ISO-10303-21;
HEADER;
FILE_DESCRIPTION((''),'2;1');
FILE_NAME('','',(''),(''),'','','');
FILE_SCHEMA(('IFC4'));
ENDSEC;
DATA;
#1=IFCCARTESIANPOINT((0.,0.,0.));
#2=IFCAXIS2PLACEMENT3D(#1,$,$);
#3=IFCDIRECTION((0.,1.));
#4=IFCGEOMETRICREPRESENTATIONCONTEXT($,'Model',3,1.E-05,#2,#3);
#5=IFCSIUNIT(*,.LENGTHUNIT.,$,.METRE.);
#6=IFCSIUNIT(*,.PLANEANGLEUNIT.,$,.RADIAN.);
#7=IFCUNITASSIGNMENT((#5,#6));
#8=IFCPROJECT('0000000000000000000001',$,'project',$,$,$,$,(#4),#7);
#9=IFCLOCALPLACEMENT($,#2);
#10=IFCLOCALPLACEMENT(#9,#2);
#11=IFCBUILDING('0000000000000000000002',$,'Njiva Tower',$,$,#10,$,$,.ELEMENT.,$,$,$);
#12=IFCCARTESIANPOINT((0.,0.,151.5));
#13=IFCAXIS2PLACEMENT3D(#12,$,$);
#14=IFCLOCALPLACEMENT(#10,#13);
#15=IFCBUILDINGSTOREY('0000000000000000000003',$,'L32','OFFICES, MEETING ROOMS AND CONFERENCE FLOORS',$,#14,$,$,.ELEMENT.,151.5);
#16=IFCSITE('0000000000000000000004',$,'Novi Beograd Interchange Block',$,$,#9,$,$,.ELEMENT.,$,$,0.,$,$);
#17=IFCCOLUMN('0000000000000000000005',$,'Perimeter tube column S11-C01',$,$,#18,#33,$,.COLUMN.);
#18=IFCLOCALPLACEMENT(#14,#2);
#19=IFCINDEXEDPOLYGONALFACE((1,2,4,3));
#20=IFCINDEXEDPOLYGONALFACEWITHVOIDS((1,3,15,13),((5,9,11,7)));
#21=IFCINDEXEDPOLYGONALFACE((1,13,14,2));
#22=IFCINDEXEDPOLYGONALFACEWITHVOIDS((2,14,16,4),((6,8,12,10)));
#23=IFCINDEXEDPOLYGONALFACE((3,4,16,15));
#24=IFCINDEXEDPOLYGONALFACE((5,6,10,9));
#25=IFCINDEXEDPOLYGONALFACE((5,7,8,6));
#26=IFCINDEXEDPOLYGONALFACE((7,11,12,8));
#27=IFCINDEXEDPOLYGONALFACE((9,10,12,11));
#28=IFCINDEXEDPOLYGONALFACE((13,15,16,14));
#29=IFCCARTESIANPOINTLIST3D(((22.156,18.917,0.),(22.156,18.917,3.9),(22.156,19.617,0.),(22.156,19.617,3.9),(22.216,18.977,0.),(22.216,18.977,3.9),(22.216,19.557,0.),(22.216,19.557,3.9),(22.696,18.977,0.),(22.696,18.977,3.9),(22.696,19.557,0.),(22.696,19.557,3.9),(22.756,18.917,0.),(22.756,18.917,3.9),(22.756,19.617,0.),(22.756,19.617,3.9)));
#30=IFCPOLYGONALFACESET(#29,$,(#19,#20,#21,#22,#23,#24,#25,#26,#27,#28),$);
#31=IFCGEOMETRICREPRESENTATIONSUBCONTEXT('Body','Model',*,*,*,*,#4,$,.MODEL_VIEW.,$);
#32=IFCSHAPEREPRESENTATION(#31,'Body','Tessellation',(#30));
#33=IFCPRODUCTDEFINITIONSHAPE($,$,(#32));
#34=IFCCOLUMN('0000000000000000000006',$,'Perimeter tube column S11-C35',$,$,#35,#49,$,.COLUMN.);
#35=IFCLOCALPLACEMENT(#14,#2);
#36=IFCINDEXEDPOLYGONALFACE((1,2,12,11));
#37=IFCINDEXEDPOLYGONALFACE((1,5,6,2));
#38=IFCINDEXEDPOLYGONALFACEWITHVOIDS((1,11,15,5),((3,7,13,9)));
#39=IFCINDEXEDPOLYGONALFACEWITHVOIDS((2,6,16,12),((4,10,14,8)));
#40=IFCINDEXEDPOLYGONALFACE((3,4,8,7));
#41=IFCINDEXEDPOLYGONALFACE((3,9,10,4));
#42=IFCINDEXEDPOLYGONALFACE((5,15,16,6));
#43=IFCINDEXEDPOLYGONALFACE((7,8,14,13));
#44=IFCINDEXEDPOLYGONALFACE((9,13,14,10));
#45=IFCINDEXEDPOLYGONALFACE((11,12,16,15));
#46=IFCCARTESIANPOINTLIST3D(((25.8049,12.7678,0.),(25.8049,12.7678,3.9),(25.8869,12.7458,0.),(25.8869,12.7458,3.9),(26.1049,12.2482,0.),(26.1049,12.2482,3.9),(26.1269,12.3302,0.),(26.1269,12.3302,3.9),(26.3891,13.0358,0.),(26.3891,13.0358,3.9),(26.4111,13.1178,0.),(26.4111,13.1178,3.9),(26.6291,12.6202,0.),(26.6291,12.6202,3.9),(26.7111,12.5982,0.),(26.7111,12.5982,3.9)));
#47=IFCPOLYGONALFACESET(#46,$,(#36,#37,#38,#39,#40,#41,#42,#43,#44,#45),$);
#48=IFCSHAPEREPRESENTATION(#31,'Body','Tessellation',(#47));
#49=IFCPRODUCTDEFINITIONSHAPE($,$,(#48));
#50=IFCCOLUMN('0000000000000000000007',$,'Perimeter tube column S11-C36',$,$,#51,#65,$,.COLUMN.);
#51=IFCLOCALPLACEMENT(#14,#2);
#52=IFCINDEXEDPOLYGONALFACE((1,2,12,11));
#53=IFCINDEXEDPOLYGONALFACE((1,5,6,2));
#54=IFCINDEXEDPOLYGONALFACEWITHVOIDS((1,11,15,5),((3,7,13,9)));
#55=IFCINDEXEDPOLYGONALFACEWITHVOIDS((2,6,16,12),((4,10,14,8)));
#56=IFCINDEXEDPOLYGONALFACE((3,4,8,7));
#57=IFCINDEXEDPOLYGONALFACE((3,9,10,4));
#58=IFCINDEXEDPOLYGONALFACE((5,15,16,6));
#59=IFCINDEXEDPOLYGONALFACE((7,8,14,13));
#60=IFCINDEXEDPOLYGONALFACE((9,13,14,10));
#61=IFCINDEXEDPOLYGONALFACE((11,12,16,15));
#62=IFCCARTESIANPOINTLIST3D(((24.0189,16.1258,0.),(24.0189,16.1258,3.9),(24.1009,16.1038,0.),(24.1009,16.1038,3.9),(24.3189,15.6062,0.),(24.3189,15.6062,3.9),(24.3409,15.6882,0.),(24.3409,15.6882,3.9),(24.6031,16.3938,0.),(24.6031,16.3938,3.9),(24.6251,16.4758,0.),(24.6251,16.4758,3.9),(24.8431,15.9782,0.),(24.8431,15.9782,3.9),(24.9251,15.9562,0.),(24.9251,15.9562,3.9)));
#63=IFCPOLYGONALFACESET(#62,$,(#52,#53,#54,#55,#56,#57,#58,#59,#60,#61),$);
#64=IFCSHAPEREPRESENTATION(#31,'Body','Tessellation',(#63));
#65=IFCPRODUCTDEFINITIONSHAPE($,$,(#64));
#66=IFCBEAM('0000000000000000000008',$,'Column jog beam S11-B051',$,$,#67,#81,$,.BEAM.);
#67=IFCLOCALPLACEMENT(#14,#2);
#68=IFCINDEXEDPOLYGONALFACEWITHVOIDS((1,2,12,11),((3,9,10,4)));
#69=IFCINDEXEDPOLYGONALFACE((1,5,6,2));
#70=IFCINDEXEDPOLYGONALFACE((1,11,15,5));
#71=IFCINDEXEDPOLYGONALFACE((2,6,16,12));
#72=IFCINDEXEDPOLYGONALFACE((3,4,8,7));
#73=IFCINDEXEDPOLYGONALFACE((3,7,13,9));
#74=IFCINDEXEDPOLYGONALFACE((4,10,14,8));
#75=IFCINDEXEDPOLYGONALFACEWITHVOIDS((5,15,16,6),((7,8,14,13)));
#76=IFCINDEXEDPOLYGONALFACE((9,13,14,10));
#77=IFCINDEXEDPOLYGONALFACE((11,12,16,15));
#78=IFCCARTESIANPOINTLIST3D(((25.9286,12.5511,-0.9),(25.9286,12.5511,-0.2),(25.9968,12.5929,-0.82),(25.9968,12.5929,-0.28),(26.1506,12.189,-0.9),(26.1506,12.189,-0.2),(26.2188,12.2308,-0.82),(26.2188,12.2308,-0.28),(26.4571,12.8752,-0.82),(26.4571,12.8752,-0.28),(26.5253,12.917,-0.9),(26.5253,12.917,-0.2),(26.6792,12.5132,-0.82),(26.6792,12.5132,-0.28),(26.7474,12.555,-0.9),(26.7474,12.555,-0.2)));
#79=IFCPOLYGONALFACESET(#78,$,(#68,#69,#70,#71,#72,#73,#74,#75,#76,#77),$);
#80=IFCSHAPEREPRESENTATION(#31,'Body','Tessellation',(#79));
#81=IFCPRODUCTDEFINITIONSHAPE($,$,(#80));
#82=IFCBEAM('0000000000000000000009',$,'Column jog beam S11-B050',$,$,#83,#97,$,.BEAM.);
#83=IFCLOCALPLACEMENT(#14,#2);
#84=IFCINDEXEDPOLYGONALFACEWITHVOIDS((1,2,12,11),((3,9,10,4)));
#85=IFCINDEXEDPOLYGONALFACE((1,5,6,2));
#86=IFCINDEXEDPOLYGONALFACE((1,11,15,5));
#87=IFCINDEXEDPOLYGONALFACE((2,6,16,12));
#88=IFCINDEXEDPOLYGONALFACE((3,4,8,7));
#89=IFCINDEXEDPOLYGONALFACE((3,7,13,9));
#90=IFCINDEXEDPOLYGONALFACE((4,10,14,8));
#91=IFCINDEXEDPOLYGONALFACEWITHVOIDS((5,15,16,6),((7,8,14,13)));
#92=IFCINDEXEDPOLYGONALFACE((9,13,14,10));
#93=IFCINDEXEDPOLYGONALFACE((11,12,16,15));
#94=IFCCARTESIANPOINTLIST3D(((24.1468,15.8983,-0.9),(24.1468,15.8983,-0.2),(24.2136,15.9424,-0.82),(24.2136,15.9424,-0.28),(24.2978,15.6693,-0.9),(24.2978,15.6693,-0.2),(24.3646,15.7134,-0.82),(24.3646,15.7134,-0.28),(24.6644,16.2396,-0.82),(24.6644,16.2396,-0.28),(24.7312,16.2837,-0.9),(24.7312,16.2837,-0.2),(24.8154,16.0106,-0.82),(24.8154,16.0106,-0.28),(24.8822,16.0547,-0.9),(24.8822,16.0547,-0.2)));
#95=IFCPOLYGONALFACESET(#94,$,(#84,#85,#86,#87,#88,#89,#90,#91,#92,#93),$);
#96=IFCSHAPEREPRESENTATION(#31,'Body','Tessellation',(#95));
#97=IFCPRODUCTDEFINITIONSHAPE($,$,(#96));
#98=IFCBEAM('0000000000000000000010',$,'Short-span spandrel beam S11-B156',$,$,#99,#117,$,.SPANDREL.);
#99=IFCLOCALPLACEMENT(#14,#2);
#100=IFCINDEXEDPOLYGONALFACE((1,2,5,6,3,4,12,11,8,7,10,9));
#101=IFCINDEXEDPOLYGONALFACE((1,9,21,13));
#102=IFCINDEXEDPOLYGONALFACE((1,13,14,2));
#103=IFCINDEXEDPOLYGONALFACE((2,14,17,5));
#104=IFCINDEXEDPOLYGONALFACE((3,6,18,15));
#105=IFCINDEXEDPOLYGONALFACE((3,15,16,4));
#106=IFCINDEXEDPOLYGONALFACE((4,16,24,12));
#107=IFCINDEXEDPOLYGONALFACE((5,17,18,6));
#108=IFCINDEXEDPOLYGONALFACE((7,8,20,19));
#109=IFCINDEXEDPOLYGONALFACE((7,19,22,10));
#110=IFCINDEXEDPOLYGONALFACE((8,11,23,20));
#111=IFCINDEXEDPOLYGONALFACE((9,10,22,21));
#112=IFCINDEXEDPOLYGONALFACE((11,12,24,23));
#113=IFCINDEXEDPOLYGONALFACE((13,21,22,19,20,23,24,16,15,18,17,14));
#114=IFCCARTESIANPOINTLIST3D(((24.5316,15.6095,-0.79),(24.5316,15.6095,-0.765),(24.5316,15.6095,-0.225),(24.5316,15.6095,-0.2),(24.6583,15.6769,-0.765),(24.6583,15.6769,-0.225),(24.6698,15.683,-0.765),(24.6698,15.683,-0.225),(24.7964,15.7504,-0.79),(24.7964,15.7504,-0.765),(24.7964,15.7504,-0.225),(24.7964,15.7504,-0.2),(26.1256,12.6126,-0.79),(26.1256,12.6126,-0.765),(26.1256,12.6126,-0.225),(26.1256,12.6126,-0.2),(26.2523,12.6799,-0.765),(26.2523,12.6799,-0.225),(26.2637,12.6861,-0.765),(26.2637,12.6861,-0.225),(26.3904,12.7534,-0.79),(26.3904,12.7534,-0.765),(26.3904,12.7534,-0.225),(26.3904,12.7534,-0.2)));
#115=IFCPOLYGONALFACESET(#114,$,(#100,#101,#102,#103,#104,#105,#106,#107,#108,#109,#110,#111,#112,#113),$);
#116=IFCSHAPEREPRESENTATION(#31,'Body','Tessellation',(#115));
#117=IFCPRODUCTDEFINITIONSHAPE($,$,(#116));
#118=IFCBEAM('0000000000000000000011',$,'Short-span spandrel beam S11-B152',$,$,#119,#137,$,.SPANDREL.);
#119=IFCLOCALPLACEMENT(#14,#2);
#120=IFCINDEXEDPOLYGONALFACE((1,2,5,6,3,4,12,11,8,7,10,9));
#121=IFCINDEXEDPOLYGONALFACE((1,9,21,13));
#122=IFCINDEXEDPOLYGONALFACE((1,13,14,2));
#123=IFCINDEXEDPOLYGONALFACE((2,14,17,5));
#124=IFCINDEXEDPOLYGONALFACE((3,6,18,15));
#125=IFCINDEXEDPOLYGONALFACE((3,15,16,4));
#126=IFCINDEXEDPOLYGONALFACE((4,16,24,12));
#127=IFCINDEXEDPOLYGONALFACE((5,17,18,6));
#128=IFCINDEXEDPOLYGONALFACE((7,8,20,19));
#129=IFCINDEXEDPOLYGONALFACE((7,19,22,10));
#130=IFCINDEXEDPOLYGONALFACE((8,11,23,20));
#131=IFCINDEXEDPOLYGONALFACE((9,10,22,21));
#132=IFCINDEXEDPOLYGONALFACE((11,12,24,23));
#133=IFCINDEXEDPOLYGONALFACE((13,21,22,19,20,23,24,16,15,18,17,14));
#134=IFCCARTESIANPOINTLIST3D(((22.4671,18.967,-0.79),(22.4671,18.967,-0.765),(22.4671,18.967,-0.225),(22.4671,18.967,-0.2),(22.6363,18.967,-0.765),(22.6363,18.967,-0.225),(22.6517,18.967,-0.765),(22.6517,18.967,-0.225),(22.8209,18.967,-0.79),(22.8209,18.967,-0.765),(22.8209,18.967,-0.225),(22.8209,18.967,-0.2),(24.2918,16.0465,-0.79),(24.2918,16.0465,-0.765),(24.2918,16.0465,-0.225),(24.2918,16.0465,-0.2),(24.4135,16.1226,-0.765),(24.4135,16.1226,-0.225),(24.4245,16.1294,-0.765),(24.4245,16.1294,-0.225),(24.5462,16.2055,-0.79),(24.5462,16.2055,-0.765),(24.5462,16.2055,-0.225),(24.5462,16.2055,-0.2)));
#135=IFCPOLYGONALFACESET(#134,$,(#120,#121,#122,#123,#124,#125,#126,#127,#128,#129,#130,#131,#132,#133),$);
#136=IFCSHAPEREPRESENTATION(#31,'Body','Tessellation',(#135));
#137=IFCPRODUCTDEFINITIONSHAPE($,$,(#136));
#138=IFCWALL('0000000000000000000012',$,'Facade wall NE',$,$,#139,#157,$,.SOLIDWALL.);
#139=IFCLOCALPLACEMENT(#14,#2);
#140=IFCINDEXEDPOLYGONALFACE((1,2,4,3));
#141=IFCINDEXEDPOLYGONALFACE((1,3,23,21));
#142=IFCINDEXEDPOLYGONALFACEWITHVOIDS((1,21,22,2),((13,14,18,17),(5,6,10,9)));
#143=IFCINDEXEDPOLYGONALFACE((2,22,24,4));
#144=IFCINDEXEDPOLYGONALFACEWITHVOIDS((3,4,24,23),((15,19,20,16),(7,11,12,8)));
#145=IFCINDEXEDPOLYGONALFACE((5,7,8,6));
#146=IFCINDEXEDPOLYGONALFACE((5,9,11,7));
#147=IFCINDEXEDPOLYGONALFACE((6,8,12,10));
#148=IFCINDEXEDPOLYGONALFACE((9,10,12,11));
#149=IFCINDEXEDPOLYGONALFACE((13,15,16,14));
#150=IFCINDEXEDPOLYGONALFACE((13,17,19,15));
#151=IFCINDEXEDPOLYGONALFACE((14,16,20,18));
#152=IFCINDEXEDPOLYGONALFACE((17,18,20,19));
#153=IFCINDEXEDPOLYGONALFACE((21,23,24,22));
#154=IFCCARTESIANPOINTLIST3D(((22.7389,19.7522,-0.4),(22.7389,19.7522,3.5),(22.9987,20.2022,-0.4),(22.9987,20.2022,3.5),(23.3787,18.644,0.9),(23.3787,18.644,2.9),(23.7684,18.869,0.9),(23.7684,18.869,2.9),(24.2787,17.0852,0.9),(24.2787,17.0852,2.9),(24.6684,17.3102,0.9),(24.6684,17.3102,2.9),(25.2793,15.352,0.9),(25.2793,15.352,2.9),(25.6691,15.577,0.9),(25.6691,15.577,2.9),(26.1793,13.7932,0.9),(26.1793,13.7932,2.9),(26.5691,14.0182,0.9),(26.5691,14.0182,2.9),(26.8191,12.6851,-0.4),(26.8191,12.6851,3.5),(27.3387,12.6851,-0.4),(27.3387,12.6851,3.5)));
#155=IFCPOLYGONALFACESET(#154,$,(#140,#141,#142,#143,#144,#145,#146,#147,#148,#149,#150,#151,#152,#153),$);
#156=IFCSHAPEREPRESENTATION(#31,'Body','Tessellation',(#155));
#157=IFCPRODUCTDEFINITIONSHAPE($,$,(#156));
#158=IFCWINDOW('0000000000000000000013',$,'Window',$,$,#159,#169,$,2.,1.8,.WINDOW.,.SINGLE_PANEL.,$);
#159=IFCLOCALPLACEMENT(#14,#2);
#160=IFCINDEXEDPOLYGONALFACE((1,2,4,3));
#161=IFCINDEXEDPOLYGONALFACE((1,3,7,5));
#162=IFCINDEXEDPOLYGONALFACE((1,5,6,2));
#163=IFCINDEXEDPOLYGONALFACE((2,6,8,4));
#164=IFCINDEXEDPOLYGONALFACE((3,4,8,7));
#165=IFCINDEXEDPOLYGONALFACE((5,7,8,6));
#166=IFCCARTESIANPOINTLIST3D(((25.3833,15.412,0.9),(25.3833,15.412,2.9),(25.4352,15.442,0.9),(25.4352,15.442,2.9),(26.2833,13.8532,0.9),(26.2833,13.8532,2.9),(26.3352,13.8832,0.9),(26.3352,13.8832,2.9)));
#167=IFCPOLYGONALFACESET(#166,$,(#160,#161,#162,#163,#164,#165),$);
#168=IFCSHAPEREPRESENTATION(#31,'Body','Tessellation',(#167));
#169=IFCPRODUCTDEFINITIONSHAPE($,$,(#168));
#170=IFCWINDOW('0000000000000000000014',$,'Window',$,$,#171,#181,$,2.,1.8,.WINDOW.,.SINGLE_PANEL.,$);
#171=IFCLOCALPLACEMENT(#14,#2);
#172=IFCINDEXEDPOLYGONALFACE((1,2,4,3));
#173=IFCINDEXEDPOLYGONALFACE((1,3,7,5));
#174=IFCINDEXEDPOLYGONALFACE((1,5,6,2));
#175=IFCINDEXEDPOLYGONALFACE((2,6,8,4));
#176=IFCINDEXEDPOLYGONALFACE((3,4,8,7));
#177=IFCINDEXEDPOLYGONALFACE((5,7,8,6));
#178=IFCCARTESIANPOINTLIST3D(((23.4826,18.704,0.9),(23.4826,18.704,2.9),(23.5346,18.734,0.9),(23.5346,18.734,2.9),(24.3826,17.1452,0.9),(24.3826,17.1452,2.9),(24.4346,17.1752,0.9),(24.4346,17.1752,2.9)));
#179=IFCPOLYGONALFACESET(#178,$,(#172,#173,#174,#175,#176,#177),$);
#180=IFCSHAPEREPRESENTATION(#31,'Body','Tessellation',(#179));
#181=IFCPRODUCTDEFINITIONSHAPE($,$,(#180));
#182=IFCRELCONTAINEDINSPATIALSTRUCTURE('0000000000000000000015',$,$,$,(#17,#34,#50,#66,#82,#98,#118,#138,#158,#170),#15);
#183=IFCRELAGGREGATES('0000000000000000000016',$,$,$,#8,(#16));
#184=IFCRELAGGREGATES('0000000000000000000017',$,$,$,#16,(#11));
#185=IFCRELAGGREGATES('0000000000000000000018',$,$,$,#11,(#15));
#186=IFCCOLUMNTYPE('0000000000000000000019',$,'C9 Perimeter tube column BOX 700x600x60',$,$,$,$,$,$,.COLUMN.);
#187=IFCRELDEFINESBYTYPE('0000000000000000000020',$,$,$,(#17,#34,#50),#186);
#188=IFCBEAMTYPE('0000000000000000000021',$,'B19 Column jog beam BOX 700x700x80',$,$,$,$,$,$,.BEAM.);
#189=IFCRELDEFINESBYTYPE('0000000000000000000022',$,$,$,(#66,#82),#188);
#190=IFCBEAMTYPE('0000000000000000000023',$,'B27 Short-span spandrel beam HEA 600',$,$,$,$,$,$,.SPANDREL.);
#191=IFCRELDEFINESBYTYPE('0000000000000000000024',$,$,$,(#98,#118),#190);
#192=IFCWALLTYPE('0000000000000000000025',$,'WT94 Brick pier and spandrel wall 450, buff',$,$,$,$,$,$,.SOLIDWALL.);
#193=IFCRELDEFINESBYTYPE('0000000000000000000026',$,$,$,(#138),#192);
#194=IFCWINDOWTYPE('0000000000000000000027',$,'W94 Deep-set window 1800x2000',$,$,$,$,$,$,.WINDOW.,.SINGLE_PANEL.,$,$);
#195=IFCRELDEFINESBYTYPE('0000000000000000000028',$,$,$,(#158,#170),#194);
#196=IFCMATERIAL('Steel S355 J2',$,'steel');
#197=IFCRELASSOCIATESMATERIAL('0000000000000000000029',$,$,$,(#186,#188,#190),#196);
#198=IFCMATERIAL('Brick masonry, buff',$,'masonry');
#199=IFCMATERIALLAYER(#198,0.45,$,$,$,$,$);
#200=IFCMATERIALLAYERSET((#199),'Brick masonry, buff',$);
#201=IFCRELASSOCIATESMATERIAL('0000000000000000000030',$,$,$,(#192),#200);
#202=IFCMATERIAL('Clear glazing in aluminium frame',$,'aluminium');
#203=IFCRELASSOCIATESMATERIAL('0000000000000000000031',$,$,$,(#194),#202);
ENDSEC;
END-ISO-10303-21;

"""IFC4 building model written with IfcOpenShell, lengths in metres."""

from ifc_helpers import new_model, si_unit, direction, frame, frame_2d, origin, origin_2d, place, context, subcontext, project, spatial, polyline, rectangle, hollow_rectangle, i_section, outline, extrude, clip, halfspace, material, layer, layer_set, material_profile, profile_set, type_object, element, fill, save


model = new_model("IFC4")

# Units and contexts
model_context = context("Model", 3, precision=1e-05, world=origin(), true_north=direction((0.0, 1.0)))
body_context = subcontext(model_context, "Body", "Model", "MODEL_VIEW")
ifc_project = project(units=[si_unit("LENGTHUNIT", "METRE"), si_unit("PLANEANGLEUNIT", "RADIAN")], contexts=[model_context])

# Site, building, storey
site_placement = place(None, origin())
site = spatial("IfcSite", under=ifc_project, at=site_placement, Name="Novi Beograd Interchange Block", CompositionType="ELEMENT", RefElevation=0.0)
building_placement = place(site_placement, origin())
building = spatial("IfcBuilding", under=site, at=building_placement, Name="Njiva Tower", CompositionType="ELEMENT")
storey_placement = place(building_placement, frame((0.0, 0.0, 151.5)))
storey = spatial("IfcBuildingStorey", under=building, at=storey_placement, Name="L32", Description="OFFICES, MEETING ROOMS AND CONFERENCE FLOORS", CompositionType="ELEMENT", Elevation=151.5)

# Columns
ifc_material_1 = material(Name="Steel S355 J2", Category="steel")
ifc_material_profile_1 = material_profile(ifc_material_1, hollow_rectangle(XDim=0.6, YDim=0.7, WallThickness=0.06, at=origin_2d()), Name="BOX 700x600x60")
ifc_profile_set_1 = profile_set([ifc_material_profile_1], Name="Steel S355 J2")
column_type = type_object("IfcColumnType", Name="C9 Perimeter tube column BOX 700x600x60", PredefinedType="COLUMN", material=ifc_profile_set_1)
for number, where, z_axis, x_axis, name in (
    (1, (22.456, 19.267, 0.0), (0.0, 0.0, 1.0), (-1.0, 0.0, 0.0), "Perimeter tube column S11-C01"),
    (2, (26.258, 12.683, 0.0), (0.0, 0.0, 1.0), (-0.5, 0.866025, 0.0), "Perimeter tube column S11-C35"),
    (3, (24.472, 16.041, 0.0), (0.0, 0.0, 1.0), (-0.5, 0.866025, 0.0), "Perimeter tube column S11-C36"),
):
    element("IfcColumn", number, at=place(storey_placement, frame(where, z_axis=z_axis, x_axis=x_axis)), inside=storey, type_object=column_type, Name=name, PredefinedType="COLUMN", context=body_context, shape_type="SweptSolid", body=[
        extrude(hollow_rectangle(XDim=0.6, YDim=0.7, WallThickness=0.06, at=origin_2d()), origin(), (0.0, 0.0, 1.0), 3.9),
    ])

# Beams
ifc_material_profile_2 = material_profile(ifc_material_1, hollow_rectangle(XDim=0.7, YDim=0.7, WallThickness=0.08, at=origin_2d()), Name="BOX 700x700x80")
ifc_profile_set_2 = profile_set([ifc_material_profile_2], Name="Steel S355 J2")
beam_type_1 = type_object("IfcBeamType", Name="B19 Column jog beam BOX 700x700x80", PredefinedType="BEAM", material=ifc_profile_set_2)
beam_1_placement = place(storey_placement, frame((26.449, 12.372, -0.55), z_axis=(-0.522783, 0.852466, 0.0), x_axis=(-0.852466, -0.522783, 0.0)))
element("IfcBeam", 4, at=beam_1_placement, inside=storey, type_object=beam_type_1, Name="Column jog beam S11-B051", PredefinedType="BEAM", context=body_context, shape_type="SweptSolid", body=[
    extrude(hollow_rectangle(XDim=0.7, YDim=0.7, WallThickness=0.08, at=origin_2d()), origin(), (0.0, 0.0, 1.0), 0.4247),
])
beam_2_placement = place(storey_placement, frame((24.59, 15.862, -0.55), z_axis=(-0.550487, 0.834844, 0.0), x_axis=(-0.834844, -0.550487, 0.0)))
element("IfcBeam", 5, at=beam_2_placement, inside=storey, type_object=beam_type_1, Name="Column jog beam S11-B050", PredefinedType="BEAM", context=body_context, shape_type="SweptSolid", body=[
    extrude(hollow_rectangle(XDim=0.7, YDim=0.7, WallThickness=0.08, at=origin_2d()), origin(), (0.0, 0.0, 1.0), 0.2743),
])
ifc_material_profile_3 = material_profile(ifc_material_1, i_section(OverallWidth=0.3, OverallDepth=0.59, WebThickness=0.013, FlangeThickness=0.025, at=origin_2d()), Name="HEA 600")
ifc_profile_set_3 = profile_set([ifc_material_profile_3], Name="Steel S355 J2")
beam_type_2 = type_object("IfcBeamType", Name="B27 Short-span spandrel beam HEA 600", PredefinedType="SPANDREL", material=ifc_profile_set_3)
beam_3_placement = place(storey_placement, frame((26.258, 12.683, -0.495), z_axis=(-0.469579, 0.882891, 0.0), x_axis=(-0.882891, -0.469579, 0.0)))
element("IfcBeam", 6, at=beam_3_placement, inside=storey, type_object=beam_type_2, Name="Short-span spandrel beam S11-B156", PredefinedType="SPANDREL", context=body_context, shape_type="SweptSolid", body=[
    extrude(i_section(OverallWidth=0.3, OverallDepth=0.59, WebThickness=0.013, FlangeThickness=0.025, at=origin_2d()), origin(), (0.0, 0.0, 1.0), 3.3945),
])
beam_4_placement = place(storey_placement, frame((24.419, 16.126, -0.495), z_axis=(-0.529865, 0.848082, 0.0), x_axis=(-0.848082, -0.529865, 0.0)))
element("IfcBeam", 7, at=beam_4_placement, inside=storey, type_object=beam_type_2, Name="Short-span spandrel beam S11-B152", PredefinedType="SPANDREL", context=body_context, shape_type="Clipping", body=[
    clip(extrude(i_section(OverallWidth=0.3, OverallDepth=0.59, WebThickness=0.013, FlangeThickness=0.025, at=origin_2d()), origin(), (0.0, 0.0, 1.0), 3.4639), halfspace(frame((-0.0263, 0.0, 3.3335), z_axis=(-0.529865, 0.0, 0.848082), x_axis=(0.0, 1.0, 0.0)), False)),
])

# Wall, openings, windows
ifc_material_2 = material(Name="Clear glazing in aluminium frame", Category="aluminium")
ifc_material_3 = material(Name="Brick masonry, buff", Category="masonry")
ifc_layer_1 = layer(ifc_material_3, 0.45)
ifc_layer_set_1 = layer_set([ifc_layer_1], Name="Brick masonry, buff")
wall_type_1 = type_object("IfcWallType", Name="WT94 Brick pier and spandrel wall 450, buff", PredefinedType="SOLIDWALL", material=ifc_layer_set_1)
wall_1_placement = place(storey_placement, frame((27.0789, 12.6851, -0.4), z_axis=(0.0, 0.0, 1.0), x_axis=(-0.5, 0.866025, 0.0)))
wall_1 = element("IfcWall", 8, at=wall_1_placement, inside=storey, type_object=wall_type_1, Name="Facade wall NE", PredefinedType="SOLIDWALL", context=body_context, shape_type="SweptSolid", body=[
    extrude(outline(polyline([(-0.1299, -0.225), (8.5501, -0.225), (8.2903, 0.225), (0.1299, 0.225), (-0.1299, -0.225)])), origin(), (0.0, 0.0, 1.0), 3.9),
])
opening_1_placement = place(wall_1_placement, frame((1.4094, 0.0, 1.3)))
opening_1 = element("IfcOpeningElement", 9, at=opening_1_placement, cuts=wall_1, PredefinedType="OPENING", context=body_context, shape_type="SweptSolid", body=[
    extrude(rectangle(XDim=1.8, YDim=2.0, at=frame_2d((0.9, 1.0))), frame((0.0, 0.235, 0.0), z_axis=(0.0, -1.0, 0.0), x_axis=(1.0, 0.0, 0.0)), (0.0, 0.0, 1.0), 0.47),
])
opening_2_placement = place(wall_1_placement, frame((5.2107, 0.0, 1.3)))
opening_2 = element("IfcOpeningElement", 10, at=opening_2_placement, cuts=wall_1, PredefinedType="OPENING", context=body_context, shape_type="SweptSolid", body=[
    extrude(rectangle(XDim=1.8, YDim=2.0, at=frame_2d((0.9, 1.0))), frame((0.0, 0.235, 0.0), z_axis=(0.0, -1.0, 0.0), x_axis=(1.0, 0.0, 0.0)), (0.0, 0.0, 1.0), 0.47),
])
window_type_1 = type_object("IfcWindowType", Name="W94 Deep-set window 1800x2000", PartitioningType="SINGLE_PANEL", PredefinedType="WINDOW", material=ifc_material_2)
window_1_placement = place(opening_1_placement, origin())
window_1 = element("IfcWindow", 11, at=window_1_placement, inside=storey, type_object=window_type_1, Name="Window", OverallHeight=2.0, OverallWidth=1.8, PartitioningType="SINGLE_PANEL", PredefinedType="WINDOW", context=body_context, shape_type="SweptSolid", body=[
    extrude(rectangle(XDim=1.8, YDim=2.0, at=frame_2d((0.9, 1.0))), frame((0.0, 0.105, 0.0), z_axis=(0.0, -1.0, 0.0), x_axis=(1.0, 0.0, 0.0)), (0.0, 0.0, 1.0), 0.06),
])
fill(opening_1, window_1)
window_2_placement = place(opening_2_placement, origin())
window_2 = element("IfcWindow", 12, at=window_2_placement, inside=storey, type_object=window_type_1, Name="Window", OverallHeight=2.0, OverallWidth=1.8, PartitioningType="SINGLE_PANEL", PredefinedType="WINDOW", context=body_context, shape_type="SweptSolid", body=[
    extrude(rectangle(XDim=1.8, YDim=2.0, at=frame_2d((0.9, 1.0))), frame((0.0, 0.105, 0.0), z_axis=(0.0, -1.0, 0.0), x_axis=(1.0, 0.0, 0.0)), (0.0, 0.0, 1.0), 0.06),
])
fill(opening_2, window_2)

save(model, "model.ifc")
